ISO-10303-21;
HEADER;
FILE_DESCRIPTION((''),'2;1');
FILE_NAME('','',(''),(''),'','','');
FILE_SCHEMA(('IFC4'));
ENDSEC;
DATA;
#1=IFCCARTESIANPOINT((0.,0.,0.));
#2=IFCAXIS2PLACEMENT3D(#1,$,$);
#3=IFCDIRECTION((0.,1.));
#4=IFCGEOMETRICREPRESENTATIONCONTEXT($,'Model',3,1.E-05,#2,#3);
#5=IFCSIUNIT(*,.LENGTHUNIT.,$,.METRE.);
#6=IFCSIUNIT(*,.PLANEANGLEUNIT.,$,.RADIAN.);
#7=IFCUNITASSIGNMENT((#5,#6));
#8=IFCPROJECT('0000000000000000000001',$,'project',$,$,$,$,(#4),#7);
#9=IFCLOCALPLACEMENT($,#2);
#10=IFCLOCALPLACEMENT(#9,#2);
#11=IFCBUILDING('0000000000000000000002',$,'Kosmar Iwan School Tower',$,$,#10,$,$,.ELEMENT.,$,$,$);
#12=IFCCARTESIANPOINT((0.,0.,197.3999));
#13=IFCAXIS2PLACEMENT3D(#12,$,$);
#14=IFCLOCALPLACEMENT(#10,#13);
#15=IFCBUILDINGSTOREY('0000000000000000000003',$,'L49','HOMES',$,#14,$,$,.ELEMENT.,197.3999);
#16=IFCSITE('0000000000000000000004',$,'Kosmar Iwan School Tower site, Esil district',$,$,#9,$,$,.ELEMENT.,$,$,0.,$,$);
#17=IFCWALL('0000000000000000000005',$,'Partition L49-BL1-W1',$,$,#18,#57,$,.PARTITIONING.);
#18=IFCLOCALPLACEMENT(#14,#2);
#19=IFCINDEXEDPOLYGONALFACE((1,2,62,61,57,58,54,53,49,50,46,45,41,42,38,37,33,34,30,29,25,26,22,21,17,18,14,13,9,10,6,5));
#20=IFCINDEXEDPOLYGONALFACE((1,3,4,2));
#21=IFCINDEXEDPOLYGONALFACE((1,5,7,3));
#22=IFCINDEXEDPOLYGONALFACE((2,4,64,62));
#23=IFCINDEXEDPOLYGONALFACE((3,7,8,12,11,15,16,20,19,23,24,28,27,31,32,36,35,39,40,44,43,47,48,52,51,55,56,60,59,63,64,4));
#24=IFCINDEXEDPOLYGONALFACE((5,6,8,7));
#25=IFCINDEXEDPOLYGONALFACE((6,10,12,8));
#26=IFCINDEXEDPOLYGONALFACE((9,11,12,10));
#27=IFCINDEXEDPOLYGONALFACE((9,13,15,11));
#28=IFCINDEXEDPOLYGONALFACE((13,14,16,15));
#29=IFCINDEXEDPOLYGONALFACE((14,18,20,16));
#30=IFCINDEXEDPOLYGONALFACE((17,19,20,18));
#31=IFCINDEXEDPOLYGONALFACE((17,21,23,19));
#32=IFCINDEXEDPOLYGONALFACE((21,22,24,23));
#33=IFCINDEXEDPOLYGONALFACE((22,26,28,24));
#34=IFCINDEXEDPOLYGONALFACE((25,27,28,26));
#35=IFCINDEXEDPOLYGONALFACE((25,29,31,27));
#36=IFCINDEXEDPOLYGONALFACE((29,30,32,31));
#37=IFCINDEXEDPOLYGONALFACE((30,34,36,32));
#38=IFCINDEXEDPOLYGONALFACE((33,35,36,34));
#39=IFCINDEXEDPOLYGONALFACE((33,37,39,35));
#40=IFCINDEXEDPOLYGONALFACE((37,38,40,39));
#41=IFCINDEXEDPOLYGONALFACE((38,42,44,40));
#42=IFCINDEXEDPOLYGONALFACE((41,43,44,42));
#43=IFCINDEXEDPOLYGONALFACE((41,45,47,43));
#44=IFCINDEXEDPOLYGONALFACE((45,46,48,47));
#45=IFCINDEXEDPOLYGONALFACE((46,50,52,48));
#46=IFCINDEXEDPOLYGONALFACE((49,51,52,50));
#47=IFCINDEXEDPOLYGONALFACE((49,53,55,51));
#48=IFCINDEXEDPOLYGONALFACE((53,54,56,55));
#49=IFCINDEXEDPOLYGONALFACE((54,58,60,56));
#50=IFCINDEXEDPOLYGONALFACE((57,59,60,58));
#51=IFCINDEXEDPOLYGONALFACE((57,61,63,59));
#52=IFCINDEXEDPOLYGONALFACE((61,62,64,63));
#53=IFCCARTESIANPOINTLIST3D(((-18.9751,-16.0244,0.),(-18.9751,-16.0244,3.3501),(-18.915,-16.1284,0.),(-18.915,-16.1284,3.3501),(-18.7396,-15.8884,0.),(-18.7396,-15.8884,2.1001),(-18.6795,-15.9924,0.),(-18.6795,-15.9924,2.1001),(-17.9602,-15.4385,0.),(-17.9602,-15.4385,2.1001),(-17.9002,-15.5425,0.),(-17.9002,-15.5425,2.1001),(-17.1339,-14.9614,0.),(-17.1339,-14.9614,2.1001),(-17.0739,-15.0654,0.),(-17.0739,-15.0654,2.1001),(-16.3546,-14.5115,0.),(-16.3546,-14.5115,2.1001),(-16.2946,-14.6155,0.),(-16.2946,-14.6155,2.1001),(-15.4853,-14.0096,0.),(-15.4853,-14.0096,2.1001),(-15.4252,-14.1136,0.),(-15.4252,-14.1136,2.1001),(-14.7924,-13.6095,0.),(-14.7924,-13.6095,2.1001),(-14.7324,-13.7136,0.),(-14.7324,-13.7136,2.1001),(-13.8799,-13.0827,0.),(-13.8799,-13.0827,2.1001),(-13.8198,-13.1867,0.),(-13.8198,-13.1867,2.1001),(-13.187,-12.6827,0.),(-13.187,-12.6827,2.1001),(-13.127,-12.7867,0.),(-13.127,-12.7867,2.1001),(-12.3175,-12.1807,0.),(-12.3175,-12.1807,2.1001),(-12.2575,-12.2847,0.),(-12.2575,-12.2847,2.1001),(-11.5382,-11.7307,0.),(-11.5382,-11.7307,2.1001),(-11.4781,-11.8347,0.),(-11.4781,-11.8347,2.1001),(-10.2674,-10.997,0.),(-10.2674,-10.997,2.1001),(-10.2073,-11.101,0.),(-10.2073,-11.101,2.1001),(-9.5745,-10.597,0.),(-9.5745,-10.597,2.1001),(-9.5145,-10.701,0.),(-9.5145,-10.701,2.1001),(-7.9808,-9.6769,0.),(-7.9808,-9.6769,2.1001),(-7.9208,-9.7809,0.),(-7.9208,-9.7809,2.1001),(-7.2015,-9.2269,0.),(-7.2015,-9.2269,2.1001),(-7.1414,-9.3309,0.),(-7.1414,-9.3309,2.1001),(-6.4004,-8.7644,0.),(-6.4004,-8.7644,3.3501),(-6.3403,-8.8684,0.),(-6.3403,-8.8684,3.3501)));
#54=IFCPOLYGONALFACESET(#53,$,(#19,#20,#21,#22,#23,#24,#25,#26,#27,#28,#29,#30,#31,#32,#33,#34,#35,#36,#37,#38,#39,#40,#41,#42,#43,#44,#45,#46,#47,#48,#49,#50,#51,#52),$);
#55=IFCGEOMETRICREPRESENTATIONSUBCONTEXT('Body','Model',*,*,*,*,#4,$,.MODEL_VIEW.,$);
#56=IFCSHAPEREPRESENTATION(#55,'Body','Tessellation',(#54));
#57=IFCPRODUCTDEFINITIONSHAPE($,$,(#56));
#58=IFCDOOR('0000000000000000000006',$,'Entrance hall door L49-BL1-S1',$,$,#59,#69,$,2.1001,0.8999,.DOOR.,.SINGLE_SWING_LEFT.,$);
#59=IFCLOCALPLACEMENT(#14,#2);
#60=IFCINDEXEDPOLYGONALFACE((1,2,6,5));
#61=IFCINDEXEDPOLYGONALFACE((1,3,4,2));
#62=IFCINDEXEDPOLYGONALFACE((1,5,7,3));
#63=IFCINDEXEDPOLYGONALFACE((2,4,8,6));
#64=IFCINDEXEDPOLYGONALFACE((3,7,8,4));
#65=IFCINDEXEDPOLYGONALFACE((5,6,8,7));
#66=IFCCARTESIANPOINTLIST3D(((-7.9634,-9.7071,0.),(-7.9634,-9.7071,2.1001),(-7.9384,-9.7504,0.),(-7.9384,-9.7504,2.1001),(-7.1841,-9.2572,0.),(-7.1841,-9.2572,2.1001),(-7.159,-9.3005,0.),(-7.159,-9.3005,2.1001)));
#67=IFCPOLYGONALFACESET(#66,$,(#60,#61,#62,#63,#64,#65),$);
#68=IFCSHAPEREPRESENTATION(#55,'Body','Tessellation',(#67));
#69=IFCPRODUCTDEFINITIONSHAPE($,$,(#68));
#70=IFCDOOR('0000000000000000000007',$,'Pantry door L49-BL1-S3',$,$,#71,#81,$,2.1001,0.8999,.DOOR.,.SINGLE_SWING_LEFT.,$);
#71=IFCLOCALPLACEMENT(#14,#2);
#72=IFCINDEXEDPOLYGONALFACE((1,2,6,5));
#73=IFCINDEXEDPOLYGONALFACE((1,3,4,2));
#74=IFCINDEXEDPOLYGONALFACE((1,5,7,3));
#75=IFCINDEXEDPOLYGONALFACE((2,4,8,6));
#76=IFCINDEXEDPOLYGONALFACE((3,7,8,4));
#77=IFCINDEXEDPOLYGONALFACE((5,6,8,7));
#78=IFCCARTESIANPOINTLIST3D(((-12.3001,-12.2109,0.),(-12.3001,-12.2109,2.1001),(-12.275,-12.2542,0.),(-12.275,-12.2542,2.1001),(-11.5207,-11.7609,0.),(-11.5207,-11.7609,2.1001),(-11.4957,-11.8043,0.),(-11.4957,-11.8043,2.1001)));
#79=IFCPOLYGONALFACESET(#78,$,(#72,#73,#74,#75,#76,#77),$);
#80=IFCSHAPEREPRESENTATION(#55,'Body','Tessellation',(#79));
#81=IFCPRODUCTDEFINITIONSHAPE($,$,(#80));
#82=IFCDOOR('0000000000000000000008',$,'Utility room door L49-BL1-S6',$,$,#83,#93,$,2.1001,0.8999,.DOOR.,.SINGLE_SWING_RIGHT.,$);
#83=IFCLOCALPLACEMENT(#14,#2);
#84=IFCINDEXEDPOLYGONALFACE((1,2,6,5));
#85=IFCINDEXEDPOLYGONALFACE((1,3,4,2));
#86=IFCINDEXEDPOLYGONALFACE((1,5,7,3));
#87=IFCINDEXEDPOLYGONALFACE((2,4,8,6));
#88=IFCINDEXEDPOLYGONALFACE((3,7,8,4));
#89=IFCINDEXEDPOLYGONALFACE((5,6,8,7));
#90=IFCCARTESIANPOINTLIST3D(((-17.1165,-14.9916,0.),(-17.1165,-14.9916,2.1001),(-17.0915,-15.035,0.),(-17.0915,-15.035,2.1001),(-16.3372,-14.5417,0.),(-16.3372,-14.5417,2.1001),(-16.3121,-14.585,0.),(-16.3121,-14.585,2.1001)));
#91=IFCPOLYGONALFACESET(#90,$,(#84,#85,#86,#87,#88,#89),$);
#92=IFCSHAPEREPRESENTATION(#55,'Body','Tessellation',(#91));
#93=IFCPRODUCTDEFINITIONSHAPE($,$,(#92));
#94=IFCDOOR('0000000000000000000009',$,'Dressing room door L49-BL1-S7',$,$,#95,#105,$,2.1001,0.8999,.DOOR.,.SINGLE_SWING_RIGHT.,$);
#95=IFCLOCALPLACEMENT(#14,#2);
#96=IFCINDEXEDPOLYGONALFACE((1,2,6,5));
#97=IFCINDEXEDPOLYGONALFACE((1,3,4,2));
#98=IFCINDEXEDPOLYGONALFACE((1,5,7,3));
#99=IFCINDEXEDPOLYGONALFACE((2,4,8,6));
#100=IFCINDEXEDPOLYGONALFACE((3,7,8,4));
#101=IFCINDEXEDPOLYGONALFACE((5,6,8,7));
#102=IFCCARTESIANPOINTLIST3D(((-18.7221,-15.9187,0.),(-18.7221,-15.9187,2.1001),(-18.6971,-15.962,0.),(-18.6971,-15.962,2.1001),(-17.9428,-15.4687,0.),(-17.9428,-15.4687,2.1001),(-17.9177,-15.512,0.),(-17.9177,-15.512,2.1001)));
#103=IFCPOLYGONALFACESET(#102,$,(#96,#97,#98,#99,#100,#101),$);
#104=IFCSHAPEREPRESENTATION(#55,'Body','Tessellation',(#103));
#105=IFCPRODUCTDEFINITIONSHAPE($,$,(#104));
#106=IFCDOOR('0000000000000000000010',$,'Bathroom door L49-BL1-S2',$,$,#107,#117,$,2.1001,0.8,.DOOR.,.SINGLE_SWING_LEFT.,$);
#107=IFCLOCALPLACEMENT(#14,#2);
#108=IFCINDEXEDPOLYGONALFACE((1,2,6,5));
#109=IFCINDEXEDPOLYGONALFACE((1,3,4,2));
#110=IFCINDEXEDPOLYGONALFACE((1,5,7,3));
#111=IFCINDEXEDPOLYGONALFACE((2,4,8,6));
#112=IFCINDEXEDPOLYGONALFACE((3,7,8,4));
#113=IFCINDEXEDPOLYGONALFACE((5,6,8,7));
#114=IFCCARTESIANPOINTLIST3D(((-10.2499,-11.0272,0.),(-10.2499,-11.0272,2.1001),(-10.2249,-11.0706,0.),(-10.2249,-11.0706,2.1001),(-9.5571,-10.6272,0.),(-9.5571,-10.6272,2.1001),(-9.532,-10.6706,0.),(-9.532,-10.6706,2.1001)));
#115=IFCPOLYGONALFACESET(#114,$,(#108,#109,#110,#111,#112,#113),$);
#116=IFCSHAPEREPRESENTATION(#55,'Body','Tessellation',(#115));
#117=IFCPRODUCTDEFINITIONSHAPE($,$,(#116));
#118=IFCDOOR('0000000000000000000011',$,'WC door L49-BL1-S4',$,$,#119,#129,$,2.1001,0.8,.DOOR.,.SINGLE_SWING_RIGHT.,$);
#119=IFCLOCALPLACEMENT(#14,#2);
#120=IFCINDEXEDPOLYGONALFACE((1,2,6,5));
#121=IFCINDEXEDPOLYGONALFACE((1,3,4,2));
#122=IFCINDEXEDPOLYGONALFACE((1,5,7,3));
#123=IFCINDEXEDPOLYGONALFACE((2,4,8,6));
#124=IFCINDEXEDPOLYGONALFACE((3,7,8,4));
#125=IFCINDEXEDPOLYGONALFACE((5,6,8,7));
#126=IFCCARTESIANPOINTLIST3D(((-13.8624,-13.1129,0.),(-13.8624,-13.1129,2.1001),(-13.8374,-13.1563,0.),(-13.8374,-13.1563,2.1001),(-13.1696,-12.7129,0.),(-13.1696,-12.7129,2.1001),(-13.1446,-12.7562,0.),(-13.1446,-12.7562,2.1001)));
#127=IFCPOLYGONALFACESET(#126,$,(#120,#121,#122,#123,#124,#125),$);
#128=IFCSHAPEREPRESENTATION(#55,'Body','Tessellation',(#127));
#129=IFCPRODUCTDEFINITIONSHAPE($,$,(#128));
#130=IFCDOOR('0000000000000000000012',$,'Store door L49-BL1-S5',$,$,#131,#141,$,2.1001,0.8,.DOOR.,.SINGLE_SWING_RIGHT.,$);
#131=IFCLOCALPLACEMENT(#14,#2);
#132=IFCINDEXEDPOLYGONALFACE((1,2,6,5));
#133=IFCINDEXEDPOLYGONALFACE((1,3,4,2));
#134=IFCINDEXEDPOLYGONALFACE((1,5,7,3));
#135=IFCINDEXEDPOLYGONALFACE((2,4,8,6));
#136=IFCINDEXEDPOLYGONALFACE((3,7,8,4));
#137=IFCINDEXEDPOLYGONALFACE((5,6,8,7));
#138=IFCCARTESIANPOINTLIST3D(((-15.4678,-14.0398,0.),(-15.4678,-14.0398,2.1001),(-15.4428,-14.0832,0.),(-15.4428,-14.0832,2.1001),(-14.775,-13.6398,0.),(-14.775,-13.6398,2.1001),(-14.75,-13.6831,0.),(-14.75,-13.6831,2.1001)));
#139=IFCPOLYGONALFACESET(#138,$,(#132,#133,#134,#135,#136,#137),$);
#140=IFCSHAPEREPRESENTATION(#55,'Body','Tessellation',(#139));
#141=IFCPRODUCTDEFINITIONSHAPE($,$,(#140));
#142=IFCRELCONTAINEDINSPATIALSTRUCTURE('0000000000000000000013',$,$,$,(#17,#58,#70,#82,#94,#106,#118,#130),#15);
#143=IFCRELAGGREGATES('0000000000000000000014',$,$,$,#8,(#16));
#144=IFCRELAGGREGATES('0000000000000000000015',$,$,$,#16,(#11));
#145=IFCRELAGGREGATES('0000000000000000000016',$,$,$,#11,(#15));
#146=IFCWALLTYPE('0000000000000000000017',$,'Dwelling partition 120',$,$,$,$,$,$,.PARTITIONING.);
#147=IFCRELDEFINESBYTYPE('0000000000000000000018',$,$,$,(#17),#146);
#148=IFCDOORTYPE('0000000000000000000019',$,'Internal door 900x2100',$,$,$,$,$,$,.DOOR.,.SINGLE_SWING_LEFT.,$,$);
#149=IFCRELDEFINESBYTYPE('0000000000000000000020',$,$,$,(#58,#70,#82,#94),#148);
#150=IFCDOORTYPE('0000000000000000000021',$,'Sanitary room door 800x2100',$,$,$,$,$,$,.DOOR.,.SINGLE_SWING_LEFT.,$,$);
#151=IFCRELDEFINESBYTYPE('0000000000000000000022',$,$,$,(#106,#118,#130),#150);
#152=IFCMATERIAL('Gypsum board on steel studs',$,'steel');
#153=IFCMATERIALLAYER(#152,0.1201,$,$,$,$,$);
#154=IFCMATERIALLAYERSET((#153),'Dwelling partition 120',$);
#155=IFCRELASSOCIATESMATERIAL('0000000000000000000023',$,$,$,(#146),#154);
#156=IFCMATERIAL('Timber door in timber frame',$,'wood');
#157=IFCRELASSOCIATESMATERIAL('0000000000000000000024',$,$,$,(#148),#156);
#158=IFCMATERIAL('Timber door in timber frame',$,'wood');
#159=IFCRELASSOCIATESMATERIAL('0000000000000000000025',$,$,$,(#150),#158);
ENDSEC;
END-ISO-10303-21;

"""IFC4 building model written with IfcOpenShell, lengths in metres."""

from ifc_helpers import new_model, si_unit, direction, frame, frame_2d, origin, place, context, subcontext, project, spatial, rectangle, extrude, material, layer, layer_set, type_object, element, fill, save


model = new_model("IFC4")

# Units and contexts
model_context = context("Model", 3, precision=1e-05, world=origin(), true_north=direction((0.0, 1.0)))
body_context = subcontext(model_context, "Body", "Model", "MODEL_VIEW")
ifc_project = project(units=[si_unit("LENGTHUNIT", "METRE"), si_unit("PLANEANGLEUNIT", "RADIAN")], contexts=[model_context])

# Site, building, storey
site_placement = place(None, origin())
site = spatial("IfcSite", under=ifc_project, at=site_placement, Name="Kosmar Iwan School Tower site, Esil district", CompositionType="ELEMENT", RefElevation=0.0)
building_placement = place(site_placement, origin())
building = spatial("IfcBuilding", under=site, at=building_placement, Name="Kosmar Iwan School Tower", CompositionType="ELEMENT")
storey_placement = place(building_placement, frame((0.0, 0.0, 197.3999)))
storey = spatial("IfcBuildingStorey", under=building, at=storey_placement, Name="L49", Description="HOMES", CompositionType="ELEMENT", Elevation=197.3999)

# Wall, openings, doors
ifc_material_1 = material(Name="Gypsum board on steel studs", Category="steel")
ifc_layer_1 = layer(ifc_material_1, 0.1201)
ifc_layer_set_1 = layer_set([ifc_layer_1], Name="Dwelling partition 120")
wall_type_1 = type_object("IfcWallType", Name="Dwelling partition 120", PredefinedType="PARTITIONING", material=ifc_layer_set_1)
wall_1_placement = place(storey_placement, frame((-6.3704, -8.8164, 0.0), z_axis=(0.0, 0.0, 1.0), x_axis=(-0.866025, -0.5, 0.0)))
wall_1 = element("IfcWall", 1, at=wall_1_placement, inside=storey, type_object=wall_type_1, Name="Partition L49-BL1-W1", PredefinedType="PARTITIONING", context=body_context, shape_type="SweptSolid", body=[
    extrude(rectangle(XDim=14.52, YDim=0.1201, at=frame_2d((7.26, 0.0))), origin(), (0.0, 0.0, 1.0), 3.3501),
])
opening_1_placement = place(wall_1_placement, frame((0.925, 0.0, 0.0)))
opening_1 = element("IfcOpeningElement", 2, at=opening_1_placement, cuts=wall_1, PredefinedType="OPENING", context=body_context, shape_type="SweptSolid", body=[
    extrude(rectangle(XDim=0.8999, YDim=2.1001, at=frame_2d((0.45, 1.05))), frame((0.0, 0.072, 0.0), z_axis=(0.0, -1.0, 0.0), x_axis=(1.0, 0.0, 0.0)), (0.0, 0.0, 1.0), 0.144),
])
opening_2_placement = place(wall_1_placement, frame((3.6653, 0.0, 0.0)))
opening_2 = element("IfcOpeningElement", 3, at=opening_2_placement, cuts=wall_1, PredefinedType="OPENING", context=body_context, shape_type="SweptSolid", body=[
    extrude(rectangle(XDim=0.8, YDim=2.1001, at=frame_2d((0.3999, 1.05))), frame((0.0, 0.072, 0.0), z_axis=(0.0, -1.0, 0.0), x_axis=(1.0, 0.0, 0.0)), (0.0, 0.0, 1.0), 0.144),
])
opening_3_placement = place(wall_1_placement, frame((5.9326, 0.0, 0.0)))
opening_3 = element("IfcOpeningElement", 4, at=opening_3_placement, cuts=wall_1, PredefinedType="OPENING", context=body_context, shape_type="SweptSolid", body=[
    extrude(rectangle(XDim=0.8999, YDim=2.1001, at=frame_2d((0.45, 1.05))), frame((0.0, 0.072, 0.0), z_axis=(0.0, -1.0, 0.0), x_axis=(1.0, 0.0, 0.0)), (0.0, 0.0, 1.0), 0.144),
])
opening_4_placement = place(wall_1_placement, frame((7.8367, 0.0, 0.0)))
opening_4 = element("IfcOpeningElement", 5, at=opening_4_placement, cuts=wall_1, PredefinedType="OPENING", context=body_context, shape_type="SweptSolid", body=[
    extrude(rectangle(XDim=0.8, YDim=2.1001, at=frame_2d((0.3999, 1.05))), frame((0.0, 0.072, 0.0), z_axis=(0.0, -1.0, 0.0), x_axis=(1.0, 0.0, 0.0)), (0.0, 0.0, 1.0), 0.144),
])
opening_5_placement = place(wall_1_placement, frame((9.6904, 0.0, 0.0)))
opening_5 = element("IfcOpeningElement", 6, at=opening_5_placement, cuts=wall_1, PredefinedType="OPENING", context=body_context, shape_type="SweptSolid", body=[
    extrude(rectangle(XDim=0.8, YDim=2.1001, at=frame_2d((0.3999, 1.05))), frame((0.0, 0.072, 0.0), z_axis=(0.0, -1.0, 0.0), x_axis=(1.0, 0.0, 0.0)), (0.0, 0.0, 1.0), 0.144),
])
opening_6_placement = place(wall_1_placement, frame((11.4941, 0.0, 0.0)))
opening_6 = element("IfcOpeningElement", 7, at=opening_6_placement, cuts=wall_1, PredefinedType="OPENING", context=body_context, shape_type="SweptSolid", body=[
    extrude(rectangle(XDim=0.8999, YDim=2.1001, at=frame_2d((0.45, 1.05))), frame((0.0, 0.072, 0.0), z_axis=(0.0, -1.0, 0.0), x_axis=(1.0, 0.0, 0.0)), (0.0, 0.0, 1.0), 0.144),
])
opening_7_placement = place(wall_1_placement, frame((13.3481, 0.0, 0.0)))
opening_7 = element("IfcOpeningElement", 8, at=opening_7_placement, cuts=wall_1, PredefinedType="OPENING", context=body_context, shape_type="SweptSolid", body=[
    extrude(rectangle(XDim=0.8999, YDim=2.1001, at=frame_2d((0.45, 1.05))), frame((0.0, 0.072, 0.0), z_axis=(0.0, -1.0, 0.0), x_axis=(1.0, 0.0, 0.0)), (0.0, 0.0, 1.0), 0.144),
])
ifc_material_2 = material(Name="Timber door in timber frame", Category="wood")
door_type_1 = type_object("IfcDoorType", Name="Internal door 900x2100", OperationType="SINGLE_SWING_LEFT", PredefinedType="DOOR", material=ifc_material_2)
door_1_placement = place(opening_1_placement, origin())
door_1 = element("IfcDoor", 9, at=door_1_placement, inside=storey, type_object=door_type_1, Name="Entrance hall door L49-BL1-S1", OperationType="SINGLE_SWING_LEFT", OverallHeight=2.1001, OverallWidth=0.8999, PredefinedType="DOOR", context=body_context, shape_type="SweptSolid", body=[
    extrude(rectangle(XDim=0.8999, YDim=2.1001, at=frame_2d((0.45, 1.05))), frame((0.0, 0.0249, 0.0), z_axis=(0.0, -1.0, 0.0), x_axis=(1.0, 0.0, 0.0)), (0.0, 0.0, 1.0), 0.05),
])
fill(opening_1, door_1)
door_2_placement = place(opening_3_placement, origin())
door_2 = element("IfcDoor", 10, at=door_2_placement, inside=storey, type_object=door_type_1, Name="Pantry door L49-BL1-S3", OperationType="SINGLE_SWING_LEFT", OverallHeight=2.1001, OverallWidth=0.8999, PredefinedType="DOOR", context=body_context, shape_type="SweptSolid", body=[
    extrude(rectangle(XDim=0.8999, YDim=2.1001, at=frame_2d((0.45, 1.05))), frame((0.0, 0.0249, 0.0), z_axis=(0.0, -1.0, 0.0), x_axis=(1.0, 0.0, 0.0)), (0.0, 0.0, 1.0), 0.05),
])
fill(opening_3, door_2)
door_3_placement = place(opening_6_placement, origin())
door_3 = element("IfcDoor", 11, at=door_3_placement, inside=storey, type_object=door_type_1, Name="Utility room door L49-BL1-S6", OperationType="SINGLE_SWING_RIGHT", OverallHeight=2.1001, OverallWidth=0.8999, PredefinedType="DOOR", context=body_context, shape_type="SweptSolid", body=[
    extrude(rectangle(XDim=0.8999, YDim=2.1001, at=frame_2d((0.45, 1.05))), frame((0.0, 0.0249, 0.0), z_axis=(0.0, -1.0, 0.0), x_axis=(1.0, 0.0, 0.0)), (0.0, 0.0, 1.0), 0.05),
])
fill(opening_6, door_3)
door_4_placement = place(opening_7_placement, origin())
door_4 = element("IfcDoor", 12, at=door_4_placement, inside=storey, type_object=door_type_1, Name="Dressing room door L49-BL1-S7", OperationType="SINGLE_SWING_RIGHT", OverallHeight=2.1001, OverallWidth=0.8999, PredefinedType="DOOR", context=body_context, shape_type="SweptSolid", body=[
    extrude(rectangle(XDim=0.8999, YDim=2.1001, at=frame_2d((0.45, 1.05))), frame((0.0, 0.0249, 0.0), z_axis=(0.0, -1.0, 0.0), x_axis=(1.0, 0.0, 0.0)), (0.0, 0.0, 1.0), 0.05),
])
fill(opening_7, door_4)
ifc_material_3 = material(Name="Timber door in timber frame", Category="wood")
door_type_2 = type_object("IfcDoorType", Name="Sanitary room door 800x2100", OperationType="SINGLE_SWING_LEFT", PredefinedType="DOOR", material=ifc_material_3)
door_5_placement = place(opening_2_placement, origin())
door_5 = element("IfcDoor", 13, at=door_5_placement, inside=storey, type_object=door_type_2, Name="Bathroom door L49-BL1-S2", OperationType="SINGLE_SWING_LEFT", OverallHeight=2.1001, OverallWidth=0.8, PredefinedType="DOOR", context=body_context, shape_type="SweptSolid", body=[
    extrude(rectangle(XDim=0.8, YDim=2.1001, at=frame_2d((0.3999, 1.05))), frame((0.0, 0.0249, 0.0), z_axis=(0.0, -1.0, 0.0), x_axis=(1.0, 0.0, 0.0)), (0.0, 0.0, 1.0), 0.05),
])
fill(opening_2, door_5)
door_6_placement = place(opening_4_placement, origin())
door_6 = element("IfcDoor", 14, at=door_6_placement, inside=storey, type_object=door_type_2, Name="WC door L49-BL1-S4", OperationType="SINGLE_SWING_RIGHT", OverallHeight=2.1001, OverallWidth=0.8, PredefinedType="DOOR", context=body_context, shape_type="SweptSolid", body=[
    extrude(rectangle(XDim=0.8, YDim=2.1001, at=frame_2d((0.3999, 1.05))), frame((0.0, 0.0249, 0.0), z_axis=(0.0, -1.0, 0.0), x_axis=(1.0, 0.0, 0.0)), (0.0, 0.0, 1.0), 0.05),
])
fill(opening_4, door_6)
door_7_placement = place(opening_5_placement, origin())
door_7 = element("IfcDoor", 15, at=door_7_placement, inside=storey, type_object=door_type_2, Name="Store door L49-BL1-S5", OperationType="SINGLE_SWING_RIGHT", OverallHeight=2.1001, OverallWidth=0.8, PredefinedType="DOOR", context=body_context, shape_type="SweptSolid", body=[
    extrude(rectangle(XDim=0.8, YDim=2.1001, at=frame_2d((0.3999, 1.05))), frame((0.0, 0.0249, 0.0), z_axis=(0.0, -1.0, 0.0), x_axis=(1.0, 0.0, 0.0)), (0.0, 0.0, 1.0), 0.05),
])
fill(opening_5, door_7)

save(model, "model.ifc")
